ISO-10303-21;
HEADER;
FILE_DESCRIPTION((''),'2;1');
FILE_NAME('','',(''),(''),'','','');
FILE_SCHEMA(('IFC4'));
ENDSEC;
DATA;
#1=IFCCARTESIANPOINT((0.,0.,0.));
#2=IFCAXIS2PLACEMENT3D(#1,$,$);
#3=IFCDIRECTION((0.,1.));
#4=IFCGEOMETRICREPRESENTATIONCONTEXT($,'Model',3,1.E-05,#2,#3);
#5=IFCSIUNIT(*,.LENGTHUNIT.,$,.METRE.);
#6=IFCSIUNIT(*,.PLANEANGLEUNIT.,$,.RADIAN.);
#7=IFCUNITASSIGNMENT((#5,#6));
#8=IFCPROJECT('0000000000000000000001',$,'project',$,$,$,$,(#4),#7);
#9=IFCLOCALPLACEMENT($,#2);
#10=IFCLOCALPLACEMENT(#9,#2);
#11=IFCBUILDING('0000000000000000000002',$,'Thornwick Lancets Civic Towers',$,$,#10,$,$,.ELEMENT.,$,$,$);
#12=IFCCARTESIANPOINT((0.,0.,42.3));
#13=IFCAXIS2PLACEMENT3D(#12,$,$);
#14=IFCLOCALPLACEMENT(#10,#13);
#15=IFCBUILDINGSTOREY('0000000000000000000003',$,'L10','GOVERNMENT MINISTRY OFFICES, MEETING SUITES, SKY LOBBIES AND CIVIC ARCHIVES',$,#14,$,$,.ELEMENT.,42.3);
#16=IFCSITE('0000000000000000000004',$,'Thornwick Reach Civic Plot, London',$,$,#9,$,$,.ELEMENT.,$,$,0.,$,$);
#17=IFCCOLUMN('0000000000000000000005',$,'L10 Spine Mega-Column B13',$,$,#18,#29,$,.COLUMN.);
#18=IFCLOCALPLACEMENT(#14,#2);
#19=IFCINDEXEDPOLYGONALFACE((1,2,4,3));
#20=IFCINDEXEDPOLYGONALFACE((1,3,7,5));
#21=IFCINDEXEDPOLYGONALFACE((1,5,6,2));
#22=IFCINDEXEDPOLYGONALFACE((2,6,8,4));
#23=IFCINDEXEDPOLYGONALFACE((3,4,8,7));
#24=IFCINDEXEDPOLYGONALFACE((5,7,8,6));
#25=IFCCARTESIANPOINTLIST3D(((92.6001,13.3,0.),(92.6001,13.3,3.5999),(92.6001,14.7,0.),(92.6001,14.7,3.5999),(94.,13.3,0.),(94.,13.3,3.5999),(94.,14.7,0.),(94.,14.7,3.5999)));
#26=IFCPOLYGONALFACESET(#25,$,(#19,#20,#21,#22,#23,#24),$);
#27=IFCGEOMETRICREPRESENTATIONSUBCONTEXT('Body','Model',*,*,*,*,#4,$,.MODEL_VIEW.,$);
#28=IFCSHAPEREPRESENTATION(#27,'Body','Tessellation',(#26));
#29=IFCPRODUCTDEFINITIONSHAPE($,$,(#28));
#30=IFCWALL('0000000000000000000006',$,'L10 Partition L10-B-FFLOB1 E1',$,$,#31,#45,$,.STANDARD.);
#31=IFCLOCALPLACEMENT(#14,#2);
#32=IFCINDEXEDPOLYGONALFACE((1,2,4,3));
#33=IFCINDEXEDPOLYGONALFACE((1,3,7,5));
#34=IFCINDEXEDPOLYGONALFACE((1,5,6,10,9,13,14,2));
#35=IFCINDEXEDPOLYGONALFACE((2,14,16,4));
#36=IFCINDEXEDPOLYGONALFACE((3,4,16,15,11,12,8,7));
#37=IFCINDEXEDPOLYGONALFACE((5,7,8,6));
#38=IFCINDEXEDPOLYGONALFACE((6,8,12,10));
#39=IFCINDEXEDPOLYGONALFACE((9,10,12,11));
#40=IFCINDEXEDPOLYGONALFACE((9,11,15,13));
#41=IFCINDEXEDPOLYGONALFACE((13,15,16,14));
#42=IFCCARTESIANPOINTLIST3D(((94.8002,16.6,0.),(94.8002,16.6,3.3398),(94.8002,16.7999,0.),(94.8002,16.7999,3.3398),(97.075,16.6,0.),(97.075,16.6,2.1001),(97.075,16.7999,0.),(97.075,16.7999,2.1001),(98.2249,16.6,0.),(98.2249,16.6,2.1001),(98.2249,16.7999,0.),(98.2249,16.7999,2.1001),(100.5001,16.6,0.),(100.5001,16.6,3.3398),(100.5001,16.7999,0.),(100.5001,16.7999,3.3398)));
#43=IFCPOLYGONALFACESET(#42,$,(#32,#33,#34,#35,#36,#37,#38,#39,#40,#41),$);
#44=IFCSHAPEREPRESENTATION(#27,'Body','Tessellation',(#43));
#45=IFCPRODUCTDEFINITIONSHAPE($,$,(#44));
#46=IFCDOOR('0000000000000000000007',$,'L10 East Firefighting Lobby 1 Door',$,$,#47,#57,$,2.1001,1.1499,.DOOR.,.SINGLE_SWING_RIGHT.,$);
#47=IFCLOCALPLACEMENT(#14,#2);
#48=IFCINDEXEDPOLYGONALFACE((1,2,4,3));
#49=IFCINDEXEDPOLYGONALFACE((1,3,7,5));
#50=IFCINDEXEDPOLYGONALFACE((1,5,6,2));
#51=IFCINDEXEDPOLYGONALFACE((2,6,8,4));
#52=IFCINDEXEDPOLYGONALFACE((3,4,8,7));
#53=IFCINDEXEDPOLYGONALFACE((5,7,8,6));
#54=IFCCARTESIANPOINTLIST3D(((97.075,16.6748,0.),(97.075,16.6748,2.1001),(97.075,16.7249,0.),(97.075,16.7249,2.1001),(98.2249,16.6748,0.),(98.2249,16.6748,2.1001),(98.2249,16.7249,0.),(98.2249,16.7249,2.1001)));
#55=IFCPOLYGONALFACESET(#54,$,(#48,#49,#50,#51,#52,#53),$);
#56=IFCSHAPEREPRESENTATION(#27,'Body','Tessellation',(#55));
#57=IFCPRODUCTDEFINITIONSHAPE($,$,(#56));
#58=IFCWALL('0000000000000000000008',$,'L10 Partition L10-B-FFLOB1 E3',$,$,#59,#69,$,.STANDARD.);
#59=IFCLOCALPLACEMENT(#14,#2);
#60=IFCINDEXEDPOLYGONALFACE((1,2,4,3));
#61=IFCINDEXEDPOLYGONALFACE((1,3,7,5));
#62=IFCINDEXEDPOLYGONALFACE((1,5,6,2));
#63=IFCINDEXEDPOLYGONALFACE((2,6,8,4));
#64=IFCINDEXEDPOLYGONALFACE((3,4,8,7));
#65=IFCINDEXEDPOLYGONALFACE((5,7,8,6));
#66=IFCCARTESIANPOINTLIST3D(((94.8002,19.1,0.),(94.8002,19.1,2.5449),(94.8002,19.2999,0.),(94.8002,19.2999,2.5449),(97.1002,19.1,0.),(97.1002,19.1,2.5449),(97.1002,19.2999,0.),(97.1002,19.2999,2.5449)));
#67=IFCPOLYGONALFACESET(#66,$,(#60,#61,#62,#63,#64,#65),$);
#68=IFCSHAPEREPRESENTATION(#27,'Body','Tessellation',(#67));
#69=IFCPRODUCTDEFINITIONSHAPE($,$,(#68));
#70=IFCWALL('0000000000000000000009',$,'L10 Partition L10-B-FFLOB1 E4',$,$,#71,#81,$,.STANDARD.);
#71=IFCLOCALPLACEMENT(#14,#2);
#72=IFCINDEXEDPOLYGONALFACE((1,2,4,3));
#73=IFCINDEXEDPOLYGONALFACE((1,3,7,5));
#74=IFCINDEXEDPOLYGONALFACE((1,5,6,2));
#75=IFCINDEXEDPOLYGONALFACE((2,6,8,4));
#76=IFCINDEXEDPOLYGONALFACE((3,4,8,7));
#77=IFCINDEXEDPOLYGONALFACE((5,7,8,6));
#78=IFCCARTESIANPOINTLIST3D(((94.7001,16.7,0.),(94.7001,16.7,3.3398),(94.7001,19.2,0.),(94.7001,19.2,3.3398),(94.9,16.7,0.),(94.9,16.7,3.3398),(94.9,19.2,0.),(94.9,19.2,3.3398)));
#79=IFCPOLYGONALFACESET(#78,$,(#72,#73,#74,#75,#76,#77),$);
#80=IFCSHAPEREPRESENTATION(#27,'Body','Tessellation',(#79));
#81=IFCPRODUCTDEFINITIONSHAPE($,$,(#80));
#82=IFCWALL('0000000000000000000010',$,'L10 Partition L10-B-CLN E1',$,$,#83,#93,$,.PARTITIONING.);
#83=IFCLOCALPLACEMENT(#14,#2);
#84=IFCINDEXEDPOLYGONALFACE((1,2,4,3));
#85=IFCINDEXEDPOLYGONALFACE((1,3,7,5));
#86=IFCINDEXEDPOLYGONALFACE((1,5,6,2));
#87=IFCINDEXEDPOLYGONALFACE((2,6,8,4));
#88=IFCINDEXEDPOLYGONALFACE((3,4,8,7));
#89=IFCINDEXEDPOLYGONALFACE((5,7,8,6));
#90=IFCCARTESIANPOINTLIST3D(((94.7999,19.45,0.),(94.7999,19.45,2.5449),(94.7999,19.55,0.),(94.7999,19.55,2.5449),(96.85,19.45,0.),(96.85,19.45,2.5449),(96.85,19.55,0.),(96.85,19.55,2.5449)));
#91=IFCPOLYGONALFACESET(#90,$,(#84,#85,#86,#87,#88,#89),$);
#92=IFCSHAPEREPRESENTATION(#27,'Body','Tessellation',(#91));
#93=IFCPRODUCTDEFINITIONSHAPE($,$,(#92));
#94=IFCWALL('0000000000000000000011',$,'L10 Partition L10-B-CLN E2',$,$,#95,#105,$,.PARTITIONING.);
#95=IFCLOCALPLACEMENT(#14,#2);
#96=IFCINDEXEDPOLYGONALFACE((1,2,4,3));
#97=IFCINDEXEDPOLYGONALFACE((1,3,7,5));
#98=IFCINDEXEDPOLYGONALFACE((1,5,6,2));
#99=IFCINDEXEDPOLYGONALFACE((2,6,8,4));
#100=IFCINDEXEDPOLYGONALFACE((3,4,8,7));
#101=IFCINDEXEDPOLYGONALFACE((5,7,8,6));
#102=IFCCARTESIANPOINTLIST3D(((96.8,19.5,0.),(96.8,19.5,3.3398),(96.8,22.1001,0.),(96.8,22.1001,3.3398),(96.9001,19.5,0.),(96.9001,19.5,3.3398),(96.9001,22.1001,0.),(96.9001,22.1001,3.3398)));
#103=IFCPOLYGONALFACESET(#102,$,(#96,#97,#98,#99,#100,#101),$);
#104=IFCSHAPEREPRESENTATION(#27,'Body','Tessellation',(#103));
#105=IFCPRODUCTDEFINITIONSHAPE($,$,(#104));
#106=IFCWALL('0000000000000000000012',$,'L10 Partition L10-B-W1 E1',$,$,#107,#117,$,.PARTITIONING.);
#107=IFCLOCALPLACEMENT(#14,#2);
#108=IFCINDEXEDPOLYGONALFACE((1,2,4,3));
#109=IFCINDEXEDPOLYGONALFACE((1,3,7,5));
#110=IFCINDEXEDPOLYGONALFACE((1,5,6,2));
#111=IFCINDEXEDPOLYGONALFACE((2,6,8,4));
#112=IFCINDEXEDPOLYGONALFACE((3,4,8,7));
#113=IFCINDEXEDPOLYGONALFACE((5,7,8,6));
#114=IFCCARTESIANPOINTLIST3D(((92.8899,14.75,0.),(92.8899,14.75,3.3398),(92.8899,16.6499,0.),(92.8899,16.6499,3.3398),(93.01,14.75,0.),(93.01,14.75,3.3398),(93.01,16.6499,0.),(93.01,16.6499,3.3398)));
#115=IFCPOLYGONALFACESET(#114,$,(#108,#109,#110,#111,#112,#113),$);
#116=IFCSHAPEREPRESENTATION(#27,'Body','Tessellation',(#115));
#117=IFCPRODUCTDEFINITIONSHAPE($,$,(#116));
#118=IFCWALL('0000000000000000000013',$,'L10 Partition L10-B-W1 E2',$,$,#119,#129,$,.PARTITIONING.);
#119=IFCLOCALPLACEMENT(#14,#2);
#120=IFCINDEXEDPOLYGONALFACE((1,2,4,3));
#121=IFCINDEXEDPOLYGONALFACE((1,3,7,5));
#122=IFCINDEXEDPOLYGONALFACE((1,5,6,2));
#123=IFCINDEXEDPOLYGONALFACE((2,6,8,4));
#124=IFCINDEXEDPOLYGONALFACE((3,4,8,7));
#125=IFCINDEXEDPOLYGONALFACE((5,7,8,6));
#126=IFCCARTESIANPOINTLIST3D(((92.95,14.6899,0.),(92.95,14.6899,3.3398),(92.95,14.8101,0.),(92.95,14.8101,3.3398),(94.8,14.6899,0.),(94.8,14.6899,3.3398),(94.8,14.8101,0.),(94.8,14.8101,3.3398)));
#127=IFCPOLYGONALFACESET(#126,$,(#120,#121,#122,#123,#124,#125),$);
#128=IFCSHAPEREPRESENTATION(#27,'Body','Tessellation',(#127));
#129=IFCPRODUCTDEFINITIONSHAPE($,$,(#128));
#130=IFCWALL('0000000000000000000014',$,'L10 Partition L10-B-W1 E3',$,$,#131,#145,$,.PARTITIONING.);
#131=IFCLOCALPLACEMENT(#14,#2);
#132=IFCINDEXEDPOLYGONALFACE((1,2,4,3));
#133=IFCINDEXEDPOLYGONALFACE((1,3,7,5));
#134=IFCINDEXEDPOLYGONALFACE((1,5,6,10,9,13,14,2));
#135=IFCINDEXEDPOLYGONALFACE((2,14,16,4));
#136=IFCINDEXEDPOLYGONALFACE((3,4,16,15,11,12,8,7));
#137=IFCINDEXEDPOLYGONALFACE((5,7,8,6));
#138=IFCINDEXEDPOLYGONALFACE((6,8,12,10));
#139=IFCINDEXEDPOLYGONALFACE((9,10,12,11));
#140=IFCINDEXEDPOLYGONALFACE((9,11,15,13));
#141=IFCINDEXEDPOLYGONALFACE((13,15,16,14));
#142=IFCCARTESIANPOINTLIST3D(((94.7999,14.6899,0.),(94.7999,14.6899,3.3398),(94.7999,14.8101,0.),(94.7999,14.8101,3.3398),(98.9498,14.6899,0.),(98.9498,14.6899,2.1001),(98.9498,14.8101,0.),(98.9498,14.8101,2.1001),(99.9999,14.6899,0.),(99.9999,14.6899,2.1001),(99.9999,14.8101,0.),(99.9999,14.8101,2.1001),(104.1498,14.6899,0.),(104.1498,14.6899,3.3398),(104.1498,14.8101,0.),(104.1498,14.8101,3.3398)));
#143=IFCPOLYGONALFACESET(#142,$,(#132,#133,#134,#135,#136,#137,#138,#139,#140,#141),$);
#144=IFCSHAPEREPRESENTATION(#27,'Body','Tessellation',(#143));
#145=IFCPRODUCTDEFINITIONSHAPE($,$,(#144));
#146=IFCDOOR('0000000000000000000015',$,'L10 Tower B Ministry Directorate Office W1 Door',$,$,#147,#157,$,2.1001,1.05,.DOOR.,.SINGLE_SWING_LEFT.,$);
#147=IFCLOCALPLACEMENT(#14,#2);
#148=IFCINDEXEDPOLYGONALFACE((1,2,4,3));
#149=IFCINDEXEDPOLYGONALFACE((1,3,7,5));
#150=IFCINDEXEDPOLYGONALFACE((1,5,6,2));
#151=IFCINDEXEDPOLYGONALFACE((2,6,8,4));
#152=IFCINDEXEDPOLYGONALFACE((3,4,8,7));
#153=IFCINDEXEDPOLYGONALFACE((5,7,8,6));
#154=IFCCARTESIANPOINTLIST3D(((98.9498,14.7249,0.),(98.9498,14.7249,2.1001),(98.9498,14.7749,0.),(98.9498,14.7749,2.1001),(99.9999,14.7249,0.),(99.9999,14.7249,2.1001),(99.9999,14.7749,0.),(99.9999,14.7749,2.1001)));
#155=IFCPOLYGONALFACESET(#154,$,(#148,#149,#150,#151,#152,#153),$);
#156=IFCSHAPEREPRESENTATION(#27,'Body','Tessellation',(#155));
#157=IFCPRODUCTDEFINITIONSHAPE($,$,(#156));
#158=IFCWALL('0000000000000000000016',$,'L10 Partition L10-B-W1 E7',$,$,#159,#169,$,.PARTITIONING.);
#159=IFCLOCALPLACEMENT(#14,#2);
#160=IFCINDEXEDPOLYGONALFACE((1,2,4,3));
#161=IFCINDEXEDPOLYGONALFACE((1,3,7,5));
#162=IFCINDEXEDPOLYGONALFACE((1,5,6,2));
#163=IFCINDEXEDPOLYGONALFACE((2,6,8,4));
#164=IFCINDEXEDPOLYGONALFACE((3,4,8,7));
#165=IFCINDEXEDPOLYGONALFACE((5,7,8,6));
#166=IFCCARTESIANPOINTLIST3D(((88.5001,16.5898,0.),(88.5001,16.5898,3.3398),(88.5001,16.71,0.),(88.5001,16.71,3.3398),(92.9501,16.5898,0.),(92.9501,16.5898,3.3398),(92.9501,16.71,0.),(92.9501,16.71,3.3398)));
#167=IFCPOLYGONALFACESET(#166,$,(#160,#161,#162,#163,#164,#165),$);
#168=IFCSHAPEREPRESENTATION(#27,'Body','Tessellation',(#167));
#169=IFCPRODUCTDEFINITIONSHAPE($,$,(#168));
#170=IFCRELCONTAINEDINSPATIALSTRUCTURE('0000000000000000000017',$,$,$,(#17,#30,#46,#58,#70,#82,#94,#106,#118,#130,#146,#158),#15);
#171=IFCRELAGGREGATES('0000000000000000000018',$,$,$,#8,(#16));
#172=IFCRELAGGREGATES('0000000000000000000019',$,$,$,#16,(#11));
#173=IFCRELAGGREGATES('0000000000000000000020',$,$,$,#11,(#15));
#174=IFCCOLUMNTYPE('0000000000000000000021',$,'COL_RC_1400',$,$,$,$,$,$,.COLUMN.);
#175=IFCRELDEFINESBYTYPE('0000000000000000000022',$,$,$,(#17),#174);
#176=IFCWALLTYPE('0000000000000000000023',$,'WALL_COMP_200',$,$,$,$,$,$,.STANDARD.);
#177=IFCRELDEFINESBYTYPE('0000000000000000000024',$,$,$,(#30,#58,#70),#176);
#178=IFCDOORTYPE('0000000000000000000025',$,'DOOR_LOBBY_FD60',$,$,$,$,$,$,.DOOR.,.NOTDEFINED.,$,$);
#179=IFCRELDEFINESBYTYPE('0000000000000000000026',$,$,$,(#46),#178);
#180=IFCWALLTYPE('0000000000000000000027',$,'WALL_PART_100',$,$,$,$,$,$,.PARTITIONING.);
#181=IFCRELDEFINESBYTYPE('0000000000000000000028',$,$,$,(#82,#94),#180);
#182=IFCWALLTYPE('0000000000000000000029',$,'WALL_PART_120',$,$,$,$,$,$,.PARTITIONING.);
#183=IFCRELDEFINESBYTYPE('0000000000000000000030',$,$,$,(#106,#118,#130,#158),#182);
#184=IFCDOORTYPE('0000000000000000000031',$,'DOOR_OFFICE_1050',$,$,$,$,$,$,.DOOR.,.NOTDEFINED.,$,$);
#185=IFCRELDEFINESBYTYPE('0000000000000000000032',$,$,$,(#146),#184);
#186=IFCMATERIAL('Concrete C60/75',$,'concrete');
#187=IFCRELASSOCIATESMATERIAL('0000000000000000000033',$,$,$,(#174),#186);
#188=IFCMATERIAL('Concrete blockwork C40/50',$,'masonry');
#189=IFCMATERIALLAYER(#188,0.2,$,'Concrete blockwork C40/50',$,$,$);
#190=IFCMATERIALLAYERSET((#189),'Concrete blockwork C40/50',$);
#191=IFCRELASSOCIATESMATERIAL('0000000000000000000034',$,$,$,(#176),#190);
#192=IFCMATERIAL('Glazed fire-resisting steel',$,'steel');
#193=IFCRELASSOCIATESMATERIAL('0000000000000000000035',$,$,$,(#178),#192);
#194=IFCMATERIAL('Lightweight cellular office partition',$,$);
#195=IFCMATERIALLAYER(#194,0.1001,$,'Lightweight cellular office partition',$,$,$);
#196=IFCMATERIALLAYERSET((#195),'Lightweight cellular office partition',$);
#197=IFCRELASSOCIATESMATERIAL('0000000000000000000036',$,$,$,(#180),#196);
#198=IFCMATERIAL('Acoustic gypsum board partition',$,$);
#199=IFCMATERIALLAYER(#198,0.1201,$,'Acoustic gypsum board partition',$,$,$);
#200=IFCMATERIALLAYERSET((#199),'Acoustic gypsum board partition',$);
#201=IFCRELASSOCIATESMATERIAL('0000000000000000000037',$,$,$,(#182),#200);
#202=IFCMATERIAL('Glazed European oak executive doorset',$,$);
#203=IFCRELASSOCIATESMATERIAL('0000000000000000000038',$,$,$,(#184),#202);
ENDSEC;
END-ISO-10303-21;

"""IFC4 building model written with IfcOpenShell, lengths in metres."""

from ifc_helpers import new_model, si_unit, direction, frame, frame_2d, origin, origin_2d, place, context, subcontext, project, spatial, rectangle, extrude, material, layer, layer_set, material_profile, profile_set, type_object, element, fill, save


model = new_model("IFC4")

# Units and contexts
model_context = context("Model", 3, precision=1e-05, world=origin(), true_north=direction((0.0, 1.0)))
body_context = subcontext(model_context, "Body", "Model", "MODEL_VIEW")
ifc_project = project(units=[si_unit("LENGTHUNIT", "METRE"), si_unit("PLANEANGLEUNIT", "RADIAN")], contexts=[model_context])

# Site, building, storey
site_placement = place(None, origin())
site = spatial("IfcSite", under=ifc_project, at=site_placement, Name="Thornwick Reach Civic Plot, London", CompositionType="ELEMENT", RefElevation=0.0)
building_placement = place(site_placement, origin())
building = spatial("IfcBuilding", under=site, at=building_placement, Name="Thornwick Lancets Civic Towers", CompositionType="ELEMENT")
storey_placement = place(building_placement, frame((0.0, 0.0, 42.3)))
storey = spatial("IfcBuildingStorey", under=building, at=storey_placement, Name="L10", Description="GOVERNMENT MINISTRY OFFICES, MEETING SUITES, SKY LOBBIES AND CIVIC ARCHIVES", CompositionType="ELEMENT", Elevation=42.3)

# Column
ifc_material_1 = material(Name="Concrete C60/75", Category="concrete")
ifc_material_profile = material_profile(ifc_material_1, rectangle(XDim=1.3999, YDim=1.3999, at=origin_2d()), Name="RC 1400x1400")
ifc_profile_set = profile_set([ifc_material_profile], Name="Concrete C60/75")
column_type = type_object("IfcColumnType", Name="COL_RC_1400", PredefinedType="COLUMN", material=ifc_profile_set)
column_placement = place(storey_placement, frame((93.3, 14.0, 0.0), z_axis=(0.0, 0.0, 1.0), x_axis=(1.0, 0.0, 0.0)))
element("IfcColumn", 1, at=column_placement, inside=storey, type_object=column_type, Name="L10 Spine Mega-Column B13", PredefinedType="COLUMN", context=body_context, shape_type="SweptSolid", body=[
    extrude(rectangle(XDim=1.3999, YDim=1.3999, at=origin_2d()), origin(), (0.0, 0.0, 1.0), 3.5999),
])

# Wall, opening, door
ifc_material_2 = material(Name="Concrete blockwork C40/50", Category="masonry")
ifc_layer_1 = layer(ifc_material_2, 0.2, Name="Concrete blockwork C40/50")
ifc_layer_set_1 = layer_set([ifc_layer_1], Name="Concrete blockwork C40/50")
wall_type_1 = type_object("IfcWallType", Name="WALL_COMP_200", PredefinedType="STANDARD", material=ifc_layer_set_1)
wall_1_placement = place(storey_placement, frame((94.8, 16.7, 0.0), z_axis=(0.0, 0.0, 1.0), x_axis=(1.0, 0.0, 0.0)))
wall_1 = element("IfcWall", 2, at=wall_1_placement, inside=storey, type_object=wall_type_1, Name="L10 Partition L10-B-FFLOB1 E1", PredefinedType="STANDARD", context=body_context, shape_type="SweptSolid", body=[
    extrude(rectangle(XDim=5.7, YDim=0.2, at=frame_2d((2.8501, 0.0))), origin(), (0.0, 0.0, 1.0), 3.3398),
])
opening_1_placement = place(wall_1_placement, frame((2.2749, 0.0, 0.0)))
opening_1 = element("IfcOpeningElement", 3, at=opening_1_placement, cuts=wall_1, PredefinedType="OPENING", context=body_context, shape_type="SweptSolid", body=[
    extrude(rectangle(XDim=1.1499, YDim=2.1001, at=frame_2d((0.575, 1.05))), frame((0.0, 0.1099, 0.0), z_axis=(0.0, -1.0, 0.0), x_axis=(1.0, 0.0, 0.0)), (0.0, 0.0, 1.0), 0.22),
])
ifc_material_3 = material(Name="Glazed fire-resisting steel", Category="steel")
door_type_1 = type_object("IfcDoorType", Name="DOOR_LOBBY_FD60", OperationType="NOTDEFINED", PredefinedType="DOOR", material=ifc_material_3)
door_1_placement = place(opening_1_placement, origin())
door_1 = element("IfcDoor", 4, at=door_1_placement, inside=storey, type_object=door_type_1, Name="L10 East Firefighting Lobby 1 Door", OperationType="SINGLE_SWING_RIGHT", OverallHeight=2.1001, OverallWidth=1.1499, PredefinedType="DOOR", context=body_context, shape_type="SweptSolid", body=[
    extrude(rectangle(XDim=1.1499, YDim=2.1001, at=frame_2d((0.575, 1.05))), frame((0.0, 0.0249, 0.0), z_axis=(0.0, -1.0, 0.0), x_axis=(1.0, 0.0, 0.0)), (0.0, 0.0, 1.0), 0.05),
])
fill(opening_1, door_1)

# Walls
wall_2_placement = place(storey_placement, frame((97.1001, 19.2, 0.0), z_axis=(0.0, 0.0, 1.0), x_axis=(-1.0, 0.0, 0.0)))
element("IfcWall", 5, at=wall_2_placement, inside=storey, type_object=wall_type_1, Name="L10 Partition L10-B-FFLOB1 E3", PredefinedType="STANDARD", context=body_context, shape_type="SweptSolid", body=[
    extrude(rectangle(XDim=2.3, YDim=0.2, at=frame_2d((1.1499, 0.0))), origin(), (0.0, 0.0, 1.0), 2.5449),
])
wall_3_placement = place(storey_placement, frame((94.8, 19.2, 0.0), z_axis=(0.0, 0.0, 1.0), x_axis=(0.0, -1.0, 0.0)))
element("IfcWall", 6, at=wall_3_placement, inside=storey, type_object=wall_type_1, Name="L10 Partition L10-B-FFLOB1 E4", PredefinedType="STANDARD", context=body_context, shape_type="SweptSolid", body=[
    extrude(rectangle(XDim=2.5, YDim=0.2, at=frame_2d((1.25, 0.0))), origin(), (0.0, 0.0, 1.0), 3.3398),
])
ifc_material_4 = material(Name="Lightweight cellular office partition")
ifc_layer_2 = layer(ifc_material_4, 0.1001, Name="Lightweight cellular office partition")
ifc_layer_set_2 = layer_set([ifc_layer_2], Name="Lightweight cellular office partition")
wall_type_2 = type_object("IfcWallType", Name="WALL_PART_100", PredefinedType="PARTITIONING", material=ifc_layer_set_2)
wall_4_placement = place(storey_placement, frame((94.8, 19.5, 0.0), z_axis=(0.0, 0.0, 1.0), x_axis=(1.0, 0.0, 0.0)))
element("IfcWall", 7, at=wall_4_placement, inside=storey, type_object=wall_type_2, Name="L10 Partition L10-B-CLN E1", PredefinedType="PARTITIONING", context=body_context, shape_type="SweptSolid", body=[
    extrude(rectangle(XDim=2.05, YDim=0.1001, at=frame_2d((1.0249, 0.0))), origin(), (0.0, 0.0, 1.0), 2.5449),
])
wall_5_placement = place(storey_placement, frame((96.8501, 19.5, 0.0), z_axis=(0.0, 0.0, 1.0), x_axis=(0.0, 1.0, 0.0)))
element("IfcWall", 8, at=wall_5_placement, inside=storey, type_object=wall_type_2, Name="L10 Partition L10-B-CLN E2", PredefinedType="PARTITIONING", context=body_context, shape_type="SweptSolid", body=[
    extrude(rectangle(XDim=2.6001, YDim=0.1001, at=frame_2d((1.3, 0.0))), origin(), (0.0, 0.0, 1.0), 3.3398),
])
ifc_material_5 = material(Name="Acoustic gypsum board partition")
ifc_layer_3 = layer(ifc_material_5, 0.1201, Name="Acoustic gypsum board partition")
ifc_layer_set_3 = layer_set([ifc_layer_3], Name="Acoustic gypsum board partition")
wall_type_3 = type_object("IfcWallType", Name="WALL_PART_120", PredefinedType="PARTITIONING", material=ifc_layer_set_3)
wall_6_placement = place(storey_placement, frame((92.95, 16.6499, 0.0), z_axis=(0.0, 0.0, 1.0), x_axis=(0.0, -1.0, 0.0)))
element("IfcWall", 9, at=wall_6_placement, inside=storey, type_object=wall_type_3, Name="L10 Partition L10-B-W1 E1", PredefinedType="PARTITIONING", context=body_context, shape_type="SweptSolid", body=[
    extrude(rectangle(XDim=1.8999, YDim=0.1201, at=frame_2d((0.95, 0.0))), origin(), (0.0, 0.0, 1.0), 3.3398),
])
wall_7_placement = place(storey_placement, frame((92.95, 14.75, 0.0), z_axis=(0.0, 0.0, 1.0), x_axis=(1.0, 0.0, 0.0)))
element("IfcWall", 10, at=wall_7_placement, inside=storey, type_object=wall_type_3, Name="L10 Partition L10-B-W1 E2", PredefinedType="PARTITIONING", context=body_context, shape_type="SweptSolid", body=[
    extrude(rectangle(XDim=1.8501, YDim=0.1201, at=frame_2d((0.925, 0.0))), origin(), (0.0, 0.0, 1.0), 3.3398),
])

# Wall, opening, door
wall_8_placement = place(storey_placement, frame((94.8, 14.75, 0.0), z_axis=(0.0, 0.0, 1.0), x_axis=(1.0, 0.0, 0.0)))
wall_8 = element("IfcWall", 11, at=wall_8_placement, inside=storey, type_object=wall_type_3, Name="L10 Partition L10-B-W1 E3", PredefinedType="PARTITIONING", context=body_context, shape_type="SweptSolid", body=[
    extrude(rectangle(XDim=9.3499, YDim=0.1201, at=frame_2d((4.6748, 0.0))), origin(), (0.0, 0.0, 1.0), 3.3398),
])
opening_2_placement = place(wall_8_placement, frame((4.1499, 0.0, 0.0)))
opening_2 = element("IfcOpeningElement", 12, at=opening_2_placement, cuts=wall_8, PredefinedType="OPENING", context=body_context, shape_type="SweptSolid", body=[
    extrude(rectangle(XDim=1.05, YDim=2.1001, at=frame_2d((0.5249, 1.05))), frame((0.0, 0.0701, 0.0), z_axis=(0.0, -1.0, 0.0), x_axis=(1.0, 0.0, 0.0)), (0.0, 0.0, 1.0), 0.1401),
])
ifc_material_6 = material(Name="Glazed European oak executive doorset")
door_type_2 = type_object("IfcDoorType", Name="DOOR_OFFICE_1050", OperationType="NOTDEFINED", PredefinedType="DOOR", material=ifc_material_6)
door_2_placement = place(opening_2_placement, origin())
door_2 = element("IfcDoor", 13, at=door_2_placement, inside=storey, type_object=door_type_2, Name="L10 Tower B Ministry Directorate Office W1 Door", OperationType="SINGLE_SWING_LEFT", OverallHeight=2.1001, OverallWidth=1.05, PredefinedType="DOOR", context=body_context, shape_type="SweptSolid", body=[
    extrude(rectangle(XDim=1.05, YDim=2.1001, at=frame_2d((0.5249, 1.05))), frame((0.0, 0.0249, 0.0), z_axis=(0.0, -1.0, 0.0), x_axis=(1.0, 0.0, 0.0)), (0.0, 0.0, 1.0), 0.05),
])
fill(opening_2, door_2)

# Wall
wall_9_placement = place(storey_placement, frame((88.5, 16.6499, 0.0), z_axis=(0.0, 0.0, 1.0), x_axis=(1.0, 0.0, 0.0)))
element("IfcWall", 14, at=wall_9_placement, inside=storey, type_object=wall_type_3, Name="L10 Partition L10-B-W1 E7", PredefinedType="PARTITIONING", context=body_context, shape_type="SweptSolid", body=[
    extrude(rectangle(XDim=4.45, YDim=0.1201, at=frame_2d((2.2251, 0.0))), origin(), (0.0, 0.0, 1.0), 3.3398),
])

save(model, "model.ifc")
